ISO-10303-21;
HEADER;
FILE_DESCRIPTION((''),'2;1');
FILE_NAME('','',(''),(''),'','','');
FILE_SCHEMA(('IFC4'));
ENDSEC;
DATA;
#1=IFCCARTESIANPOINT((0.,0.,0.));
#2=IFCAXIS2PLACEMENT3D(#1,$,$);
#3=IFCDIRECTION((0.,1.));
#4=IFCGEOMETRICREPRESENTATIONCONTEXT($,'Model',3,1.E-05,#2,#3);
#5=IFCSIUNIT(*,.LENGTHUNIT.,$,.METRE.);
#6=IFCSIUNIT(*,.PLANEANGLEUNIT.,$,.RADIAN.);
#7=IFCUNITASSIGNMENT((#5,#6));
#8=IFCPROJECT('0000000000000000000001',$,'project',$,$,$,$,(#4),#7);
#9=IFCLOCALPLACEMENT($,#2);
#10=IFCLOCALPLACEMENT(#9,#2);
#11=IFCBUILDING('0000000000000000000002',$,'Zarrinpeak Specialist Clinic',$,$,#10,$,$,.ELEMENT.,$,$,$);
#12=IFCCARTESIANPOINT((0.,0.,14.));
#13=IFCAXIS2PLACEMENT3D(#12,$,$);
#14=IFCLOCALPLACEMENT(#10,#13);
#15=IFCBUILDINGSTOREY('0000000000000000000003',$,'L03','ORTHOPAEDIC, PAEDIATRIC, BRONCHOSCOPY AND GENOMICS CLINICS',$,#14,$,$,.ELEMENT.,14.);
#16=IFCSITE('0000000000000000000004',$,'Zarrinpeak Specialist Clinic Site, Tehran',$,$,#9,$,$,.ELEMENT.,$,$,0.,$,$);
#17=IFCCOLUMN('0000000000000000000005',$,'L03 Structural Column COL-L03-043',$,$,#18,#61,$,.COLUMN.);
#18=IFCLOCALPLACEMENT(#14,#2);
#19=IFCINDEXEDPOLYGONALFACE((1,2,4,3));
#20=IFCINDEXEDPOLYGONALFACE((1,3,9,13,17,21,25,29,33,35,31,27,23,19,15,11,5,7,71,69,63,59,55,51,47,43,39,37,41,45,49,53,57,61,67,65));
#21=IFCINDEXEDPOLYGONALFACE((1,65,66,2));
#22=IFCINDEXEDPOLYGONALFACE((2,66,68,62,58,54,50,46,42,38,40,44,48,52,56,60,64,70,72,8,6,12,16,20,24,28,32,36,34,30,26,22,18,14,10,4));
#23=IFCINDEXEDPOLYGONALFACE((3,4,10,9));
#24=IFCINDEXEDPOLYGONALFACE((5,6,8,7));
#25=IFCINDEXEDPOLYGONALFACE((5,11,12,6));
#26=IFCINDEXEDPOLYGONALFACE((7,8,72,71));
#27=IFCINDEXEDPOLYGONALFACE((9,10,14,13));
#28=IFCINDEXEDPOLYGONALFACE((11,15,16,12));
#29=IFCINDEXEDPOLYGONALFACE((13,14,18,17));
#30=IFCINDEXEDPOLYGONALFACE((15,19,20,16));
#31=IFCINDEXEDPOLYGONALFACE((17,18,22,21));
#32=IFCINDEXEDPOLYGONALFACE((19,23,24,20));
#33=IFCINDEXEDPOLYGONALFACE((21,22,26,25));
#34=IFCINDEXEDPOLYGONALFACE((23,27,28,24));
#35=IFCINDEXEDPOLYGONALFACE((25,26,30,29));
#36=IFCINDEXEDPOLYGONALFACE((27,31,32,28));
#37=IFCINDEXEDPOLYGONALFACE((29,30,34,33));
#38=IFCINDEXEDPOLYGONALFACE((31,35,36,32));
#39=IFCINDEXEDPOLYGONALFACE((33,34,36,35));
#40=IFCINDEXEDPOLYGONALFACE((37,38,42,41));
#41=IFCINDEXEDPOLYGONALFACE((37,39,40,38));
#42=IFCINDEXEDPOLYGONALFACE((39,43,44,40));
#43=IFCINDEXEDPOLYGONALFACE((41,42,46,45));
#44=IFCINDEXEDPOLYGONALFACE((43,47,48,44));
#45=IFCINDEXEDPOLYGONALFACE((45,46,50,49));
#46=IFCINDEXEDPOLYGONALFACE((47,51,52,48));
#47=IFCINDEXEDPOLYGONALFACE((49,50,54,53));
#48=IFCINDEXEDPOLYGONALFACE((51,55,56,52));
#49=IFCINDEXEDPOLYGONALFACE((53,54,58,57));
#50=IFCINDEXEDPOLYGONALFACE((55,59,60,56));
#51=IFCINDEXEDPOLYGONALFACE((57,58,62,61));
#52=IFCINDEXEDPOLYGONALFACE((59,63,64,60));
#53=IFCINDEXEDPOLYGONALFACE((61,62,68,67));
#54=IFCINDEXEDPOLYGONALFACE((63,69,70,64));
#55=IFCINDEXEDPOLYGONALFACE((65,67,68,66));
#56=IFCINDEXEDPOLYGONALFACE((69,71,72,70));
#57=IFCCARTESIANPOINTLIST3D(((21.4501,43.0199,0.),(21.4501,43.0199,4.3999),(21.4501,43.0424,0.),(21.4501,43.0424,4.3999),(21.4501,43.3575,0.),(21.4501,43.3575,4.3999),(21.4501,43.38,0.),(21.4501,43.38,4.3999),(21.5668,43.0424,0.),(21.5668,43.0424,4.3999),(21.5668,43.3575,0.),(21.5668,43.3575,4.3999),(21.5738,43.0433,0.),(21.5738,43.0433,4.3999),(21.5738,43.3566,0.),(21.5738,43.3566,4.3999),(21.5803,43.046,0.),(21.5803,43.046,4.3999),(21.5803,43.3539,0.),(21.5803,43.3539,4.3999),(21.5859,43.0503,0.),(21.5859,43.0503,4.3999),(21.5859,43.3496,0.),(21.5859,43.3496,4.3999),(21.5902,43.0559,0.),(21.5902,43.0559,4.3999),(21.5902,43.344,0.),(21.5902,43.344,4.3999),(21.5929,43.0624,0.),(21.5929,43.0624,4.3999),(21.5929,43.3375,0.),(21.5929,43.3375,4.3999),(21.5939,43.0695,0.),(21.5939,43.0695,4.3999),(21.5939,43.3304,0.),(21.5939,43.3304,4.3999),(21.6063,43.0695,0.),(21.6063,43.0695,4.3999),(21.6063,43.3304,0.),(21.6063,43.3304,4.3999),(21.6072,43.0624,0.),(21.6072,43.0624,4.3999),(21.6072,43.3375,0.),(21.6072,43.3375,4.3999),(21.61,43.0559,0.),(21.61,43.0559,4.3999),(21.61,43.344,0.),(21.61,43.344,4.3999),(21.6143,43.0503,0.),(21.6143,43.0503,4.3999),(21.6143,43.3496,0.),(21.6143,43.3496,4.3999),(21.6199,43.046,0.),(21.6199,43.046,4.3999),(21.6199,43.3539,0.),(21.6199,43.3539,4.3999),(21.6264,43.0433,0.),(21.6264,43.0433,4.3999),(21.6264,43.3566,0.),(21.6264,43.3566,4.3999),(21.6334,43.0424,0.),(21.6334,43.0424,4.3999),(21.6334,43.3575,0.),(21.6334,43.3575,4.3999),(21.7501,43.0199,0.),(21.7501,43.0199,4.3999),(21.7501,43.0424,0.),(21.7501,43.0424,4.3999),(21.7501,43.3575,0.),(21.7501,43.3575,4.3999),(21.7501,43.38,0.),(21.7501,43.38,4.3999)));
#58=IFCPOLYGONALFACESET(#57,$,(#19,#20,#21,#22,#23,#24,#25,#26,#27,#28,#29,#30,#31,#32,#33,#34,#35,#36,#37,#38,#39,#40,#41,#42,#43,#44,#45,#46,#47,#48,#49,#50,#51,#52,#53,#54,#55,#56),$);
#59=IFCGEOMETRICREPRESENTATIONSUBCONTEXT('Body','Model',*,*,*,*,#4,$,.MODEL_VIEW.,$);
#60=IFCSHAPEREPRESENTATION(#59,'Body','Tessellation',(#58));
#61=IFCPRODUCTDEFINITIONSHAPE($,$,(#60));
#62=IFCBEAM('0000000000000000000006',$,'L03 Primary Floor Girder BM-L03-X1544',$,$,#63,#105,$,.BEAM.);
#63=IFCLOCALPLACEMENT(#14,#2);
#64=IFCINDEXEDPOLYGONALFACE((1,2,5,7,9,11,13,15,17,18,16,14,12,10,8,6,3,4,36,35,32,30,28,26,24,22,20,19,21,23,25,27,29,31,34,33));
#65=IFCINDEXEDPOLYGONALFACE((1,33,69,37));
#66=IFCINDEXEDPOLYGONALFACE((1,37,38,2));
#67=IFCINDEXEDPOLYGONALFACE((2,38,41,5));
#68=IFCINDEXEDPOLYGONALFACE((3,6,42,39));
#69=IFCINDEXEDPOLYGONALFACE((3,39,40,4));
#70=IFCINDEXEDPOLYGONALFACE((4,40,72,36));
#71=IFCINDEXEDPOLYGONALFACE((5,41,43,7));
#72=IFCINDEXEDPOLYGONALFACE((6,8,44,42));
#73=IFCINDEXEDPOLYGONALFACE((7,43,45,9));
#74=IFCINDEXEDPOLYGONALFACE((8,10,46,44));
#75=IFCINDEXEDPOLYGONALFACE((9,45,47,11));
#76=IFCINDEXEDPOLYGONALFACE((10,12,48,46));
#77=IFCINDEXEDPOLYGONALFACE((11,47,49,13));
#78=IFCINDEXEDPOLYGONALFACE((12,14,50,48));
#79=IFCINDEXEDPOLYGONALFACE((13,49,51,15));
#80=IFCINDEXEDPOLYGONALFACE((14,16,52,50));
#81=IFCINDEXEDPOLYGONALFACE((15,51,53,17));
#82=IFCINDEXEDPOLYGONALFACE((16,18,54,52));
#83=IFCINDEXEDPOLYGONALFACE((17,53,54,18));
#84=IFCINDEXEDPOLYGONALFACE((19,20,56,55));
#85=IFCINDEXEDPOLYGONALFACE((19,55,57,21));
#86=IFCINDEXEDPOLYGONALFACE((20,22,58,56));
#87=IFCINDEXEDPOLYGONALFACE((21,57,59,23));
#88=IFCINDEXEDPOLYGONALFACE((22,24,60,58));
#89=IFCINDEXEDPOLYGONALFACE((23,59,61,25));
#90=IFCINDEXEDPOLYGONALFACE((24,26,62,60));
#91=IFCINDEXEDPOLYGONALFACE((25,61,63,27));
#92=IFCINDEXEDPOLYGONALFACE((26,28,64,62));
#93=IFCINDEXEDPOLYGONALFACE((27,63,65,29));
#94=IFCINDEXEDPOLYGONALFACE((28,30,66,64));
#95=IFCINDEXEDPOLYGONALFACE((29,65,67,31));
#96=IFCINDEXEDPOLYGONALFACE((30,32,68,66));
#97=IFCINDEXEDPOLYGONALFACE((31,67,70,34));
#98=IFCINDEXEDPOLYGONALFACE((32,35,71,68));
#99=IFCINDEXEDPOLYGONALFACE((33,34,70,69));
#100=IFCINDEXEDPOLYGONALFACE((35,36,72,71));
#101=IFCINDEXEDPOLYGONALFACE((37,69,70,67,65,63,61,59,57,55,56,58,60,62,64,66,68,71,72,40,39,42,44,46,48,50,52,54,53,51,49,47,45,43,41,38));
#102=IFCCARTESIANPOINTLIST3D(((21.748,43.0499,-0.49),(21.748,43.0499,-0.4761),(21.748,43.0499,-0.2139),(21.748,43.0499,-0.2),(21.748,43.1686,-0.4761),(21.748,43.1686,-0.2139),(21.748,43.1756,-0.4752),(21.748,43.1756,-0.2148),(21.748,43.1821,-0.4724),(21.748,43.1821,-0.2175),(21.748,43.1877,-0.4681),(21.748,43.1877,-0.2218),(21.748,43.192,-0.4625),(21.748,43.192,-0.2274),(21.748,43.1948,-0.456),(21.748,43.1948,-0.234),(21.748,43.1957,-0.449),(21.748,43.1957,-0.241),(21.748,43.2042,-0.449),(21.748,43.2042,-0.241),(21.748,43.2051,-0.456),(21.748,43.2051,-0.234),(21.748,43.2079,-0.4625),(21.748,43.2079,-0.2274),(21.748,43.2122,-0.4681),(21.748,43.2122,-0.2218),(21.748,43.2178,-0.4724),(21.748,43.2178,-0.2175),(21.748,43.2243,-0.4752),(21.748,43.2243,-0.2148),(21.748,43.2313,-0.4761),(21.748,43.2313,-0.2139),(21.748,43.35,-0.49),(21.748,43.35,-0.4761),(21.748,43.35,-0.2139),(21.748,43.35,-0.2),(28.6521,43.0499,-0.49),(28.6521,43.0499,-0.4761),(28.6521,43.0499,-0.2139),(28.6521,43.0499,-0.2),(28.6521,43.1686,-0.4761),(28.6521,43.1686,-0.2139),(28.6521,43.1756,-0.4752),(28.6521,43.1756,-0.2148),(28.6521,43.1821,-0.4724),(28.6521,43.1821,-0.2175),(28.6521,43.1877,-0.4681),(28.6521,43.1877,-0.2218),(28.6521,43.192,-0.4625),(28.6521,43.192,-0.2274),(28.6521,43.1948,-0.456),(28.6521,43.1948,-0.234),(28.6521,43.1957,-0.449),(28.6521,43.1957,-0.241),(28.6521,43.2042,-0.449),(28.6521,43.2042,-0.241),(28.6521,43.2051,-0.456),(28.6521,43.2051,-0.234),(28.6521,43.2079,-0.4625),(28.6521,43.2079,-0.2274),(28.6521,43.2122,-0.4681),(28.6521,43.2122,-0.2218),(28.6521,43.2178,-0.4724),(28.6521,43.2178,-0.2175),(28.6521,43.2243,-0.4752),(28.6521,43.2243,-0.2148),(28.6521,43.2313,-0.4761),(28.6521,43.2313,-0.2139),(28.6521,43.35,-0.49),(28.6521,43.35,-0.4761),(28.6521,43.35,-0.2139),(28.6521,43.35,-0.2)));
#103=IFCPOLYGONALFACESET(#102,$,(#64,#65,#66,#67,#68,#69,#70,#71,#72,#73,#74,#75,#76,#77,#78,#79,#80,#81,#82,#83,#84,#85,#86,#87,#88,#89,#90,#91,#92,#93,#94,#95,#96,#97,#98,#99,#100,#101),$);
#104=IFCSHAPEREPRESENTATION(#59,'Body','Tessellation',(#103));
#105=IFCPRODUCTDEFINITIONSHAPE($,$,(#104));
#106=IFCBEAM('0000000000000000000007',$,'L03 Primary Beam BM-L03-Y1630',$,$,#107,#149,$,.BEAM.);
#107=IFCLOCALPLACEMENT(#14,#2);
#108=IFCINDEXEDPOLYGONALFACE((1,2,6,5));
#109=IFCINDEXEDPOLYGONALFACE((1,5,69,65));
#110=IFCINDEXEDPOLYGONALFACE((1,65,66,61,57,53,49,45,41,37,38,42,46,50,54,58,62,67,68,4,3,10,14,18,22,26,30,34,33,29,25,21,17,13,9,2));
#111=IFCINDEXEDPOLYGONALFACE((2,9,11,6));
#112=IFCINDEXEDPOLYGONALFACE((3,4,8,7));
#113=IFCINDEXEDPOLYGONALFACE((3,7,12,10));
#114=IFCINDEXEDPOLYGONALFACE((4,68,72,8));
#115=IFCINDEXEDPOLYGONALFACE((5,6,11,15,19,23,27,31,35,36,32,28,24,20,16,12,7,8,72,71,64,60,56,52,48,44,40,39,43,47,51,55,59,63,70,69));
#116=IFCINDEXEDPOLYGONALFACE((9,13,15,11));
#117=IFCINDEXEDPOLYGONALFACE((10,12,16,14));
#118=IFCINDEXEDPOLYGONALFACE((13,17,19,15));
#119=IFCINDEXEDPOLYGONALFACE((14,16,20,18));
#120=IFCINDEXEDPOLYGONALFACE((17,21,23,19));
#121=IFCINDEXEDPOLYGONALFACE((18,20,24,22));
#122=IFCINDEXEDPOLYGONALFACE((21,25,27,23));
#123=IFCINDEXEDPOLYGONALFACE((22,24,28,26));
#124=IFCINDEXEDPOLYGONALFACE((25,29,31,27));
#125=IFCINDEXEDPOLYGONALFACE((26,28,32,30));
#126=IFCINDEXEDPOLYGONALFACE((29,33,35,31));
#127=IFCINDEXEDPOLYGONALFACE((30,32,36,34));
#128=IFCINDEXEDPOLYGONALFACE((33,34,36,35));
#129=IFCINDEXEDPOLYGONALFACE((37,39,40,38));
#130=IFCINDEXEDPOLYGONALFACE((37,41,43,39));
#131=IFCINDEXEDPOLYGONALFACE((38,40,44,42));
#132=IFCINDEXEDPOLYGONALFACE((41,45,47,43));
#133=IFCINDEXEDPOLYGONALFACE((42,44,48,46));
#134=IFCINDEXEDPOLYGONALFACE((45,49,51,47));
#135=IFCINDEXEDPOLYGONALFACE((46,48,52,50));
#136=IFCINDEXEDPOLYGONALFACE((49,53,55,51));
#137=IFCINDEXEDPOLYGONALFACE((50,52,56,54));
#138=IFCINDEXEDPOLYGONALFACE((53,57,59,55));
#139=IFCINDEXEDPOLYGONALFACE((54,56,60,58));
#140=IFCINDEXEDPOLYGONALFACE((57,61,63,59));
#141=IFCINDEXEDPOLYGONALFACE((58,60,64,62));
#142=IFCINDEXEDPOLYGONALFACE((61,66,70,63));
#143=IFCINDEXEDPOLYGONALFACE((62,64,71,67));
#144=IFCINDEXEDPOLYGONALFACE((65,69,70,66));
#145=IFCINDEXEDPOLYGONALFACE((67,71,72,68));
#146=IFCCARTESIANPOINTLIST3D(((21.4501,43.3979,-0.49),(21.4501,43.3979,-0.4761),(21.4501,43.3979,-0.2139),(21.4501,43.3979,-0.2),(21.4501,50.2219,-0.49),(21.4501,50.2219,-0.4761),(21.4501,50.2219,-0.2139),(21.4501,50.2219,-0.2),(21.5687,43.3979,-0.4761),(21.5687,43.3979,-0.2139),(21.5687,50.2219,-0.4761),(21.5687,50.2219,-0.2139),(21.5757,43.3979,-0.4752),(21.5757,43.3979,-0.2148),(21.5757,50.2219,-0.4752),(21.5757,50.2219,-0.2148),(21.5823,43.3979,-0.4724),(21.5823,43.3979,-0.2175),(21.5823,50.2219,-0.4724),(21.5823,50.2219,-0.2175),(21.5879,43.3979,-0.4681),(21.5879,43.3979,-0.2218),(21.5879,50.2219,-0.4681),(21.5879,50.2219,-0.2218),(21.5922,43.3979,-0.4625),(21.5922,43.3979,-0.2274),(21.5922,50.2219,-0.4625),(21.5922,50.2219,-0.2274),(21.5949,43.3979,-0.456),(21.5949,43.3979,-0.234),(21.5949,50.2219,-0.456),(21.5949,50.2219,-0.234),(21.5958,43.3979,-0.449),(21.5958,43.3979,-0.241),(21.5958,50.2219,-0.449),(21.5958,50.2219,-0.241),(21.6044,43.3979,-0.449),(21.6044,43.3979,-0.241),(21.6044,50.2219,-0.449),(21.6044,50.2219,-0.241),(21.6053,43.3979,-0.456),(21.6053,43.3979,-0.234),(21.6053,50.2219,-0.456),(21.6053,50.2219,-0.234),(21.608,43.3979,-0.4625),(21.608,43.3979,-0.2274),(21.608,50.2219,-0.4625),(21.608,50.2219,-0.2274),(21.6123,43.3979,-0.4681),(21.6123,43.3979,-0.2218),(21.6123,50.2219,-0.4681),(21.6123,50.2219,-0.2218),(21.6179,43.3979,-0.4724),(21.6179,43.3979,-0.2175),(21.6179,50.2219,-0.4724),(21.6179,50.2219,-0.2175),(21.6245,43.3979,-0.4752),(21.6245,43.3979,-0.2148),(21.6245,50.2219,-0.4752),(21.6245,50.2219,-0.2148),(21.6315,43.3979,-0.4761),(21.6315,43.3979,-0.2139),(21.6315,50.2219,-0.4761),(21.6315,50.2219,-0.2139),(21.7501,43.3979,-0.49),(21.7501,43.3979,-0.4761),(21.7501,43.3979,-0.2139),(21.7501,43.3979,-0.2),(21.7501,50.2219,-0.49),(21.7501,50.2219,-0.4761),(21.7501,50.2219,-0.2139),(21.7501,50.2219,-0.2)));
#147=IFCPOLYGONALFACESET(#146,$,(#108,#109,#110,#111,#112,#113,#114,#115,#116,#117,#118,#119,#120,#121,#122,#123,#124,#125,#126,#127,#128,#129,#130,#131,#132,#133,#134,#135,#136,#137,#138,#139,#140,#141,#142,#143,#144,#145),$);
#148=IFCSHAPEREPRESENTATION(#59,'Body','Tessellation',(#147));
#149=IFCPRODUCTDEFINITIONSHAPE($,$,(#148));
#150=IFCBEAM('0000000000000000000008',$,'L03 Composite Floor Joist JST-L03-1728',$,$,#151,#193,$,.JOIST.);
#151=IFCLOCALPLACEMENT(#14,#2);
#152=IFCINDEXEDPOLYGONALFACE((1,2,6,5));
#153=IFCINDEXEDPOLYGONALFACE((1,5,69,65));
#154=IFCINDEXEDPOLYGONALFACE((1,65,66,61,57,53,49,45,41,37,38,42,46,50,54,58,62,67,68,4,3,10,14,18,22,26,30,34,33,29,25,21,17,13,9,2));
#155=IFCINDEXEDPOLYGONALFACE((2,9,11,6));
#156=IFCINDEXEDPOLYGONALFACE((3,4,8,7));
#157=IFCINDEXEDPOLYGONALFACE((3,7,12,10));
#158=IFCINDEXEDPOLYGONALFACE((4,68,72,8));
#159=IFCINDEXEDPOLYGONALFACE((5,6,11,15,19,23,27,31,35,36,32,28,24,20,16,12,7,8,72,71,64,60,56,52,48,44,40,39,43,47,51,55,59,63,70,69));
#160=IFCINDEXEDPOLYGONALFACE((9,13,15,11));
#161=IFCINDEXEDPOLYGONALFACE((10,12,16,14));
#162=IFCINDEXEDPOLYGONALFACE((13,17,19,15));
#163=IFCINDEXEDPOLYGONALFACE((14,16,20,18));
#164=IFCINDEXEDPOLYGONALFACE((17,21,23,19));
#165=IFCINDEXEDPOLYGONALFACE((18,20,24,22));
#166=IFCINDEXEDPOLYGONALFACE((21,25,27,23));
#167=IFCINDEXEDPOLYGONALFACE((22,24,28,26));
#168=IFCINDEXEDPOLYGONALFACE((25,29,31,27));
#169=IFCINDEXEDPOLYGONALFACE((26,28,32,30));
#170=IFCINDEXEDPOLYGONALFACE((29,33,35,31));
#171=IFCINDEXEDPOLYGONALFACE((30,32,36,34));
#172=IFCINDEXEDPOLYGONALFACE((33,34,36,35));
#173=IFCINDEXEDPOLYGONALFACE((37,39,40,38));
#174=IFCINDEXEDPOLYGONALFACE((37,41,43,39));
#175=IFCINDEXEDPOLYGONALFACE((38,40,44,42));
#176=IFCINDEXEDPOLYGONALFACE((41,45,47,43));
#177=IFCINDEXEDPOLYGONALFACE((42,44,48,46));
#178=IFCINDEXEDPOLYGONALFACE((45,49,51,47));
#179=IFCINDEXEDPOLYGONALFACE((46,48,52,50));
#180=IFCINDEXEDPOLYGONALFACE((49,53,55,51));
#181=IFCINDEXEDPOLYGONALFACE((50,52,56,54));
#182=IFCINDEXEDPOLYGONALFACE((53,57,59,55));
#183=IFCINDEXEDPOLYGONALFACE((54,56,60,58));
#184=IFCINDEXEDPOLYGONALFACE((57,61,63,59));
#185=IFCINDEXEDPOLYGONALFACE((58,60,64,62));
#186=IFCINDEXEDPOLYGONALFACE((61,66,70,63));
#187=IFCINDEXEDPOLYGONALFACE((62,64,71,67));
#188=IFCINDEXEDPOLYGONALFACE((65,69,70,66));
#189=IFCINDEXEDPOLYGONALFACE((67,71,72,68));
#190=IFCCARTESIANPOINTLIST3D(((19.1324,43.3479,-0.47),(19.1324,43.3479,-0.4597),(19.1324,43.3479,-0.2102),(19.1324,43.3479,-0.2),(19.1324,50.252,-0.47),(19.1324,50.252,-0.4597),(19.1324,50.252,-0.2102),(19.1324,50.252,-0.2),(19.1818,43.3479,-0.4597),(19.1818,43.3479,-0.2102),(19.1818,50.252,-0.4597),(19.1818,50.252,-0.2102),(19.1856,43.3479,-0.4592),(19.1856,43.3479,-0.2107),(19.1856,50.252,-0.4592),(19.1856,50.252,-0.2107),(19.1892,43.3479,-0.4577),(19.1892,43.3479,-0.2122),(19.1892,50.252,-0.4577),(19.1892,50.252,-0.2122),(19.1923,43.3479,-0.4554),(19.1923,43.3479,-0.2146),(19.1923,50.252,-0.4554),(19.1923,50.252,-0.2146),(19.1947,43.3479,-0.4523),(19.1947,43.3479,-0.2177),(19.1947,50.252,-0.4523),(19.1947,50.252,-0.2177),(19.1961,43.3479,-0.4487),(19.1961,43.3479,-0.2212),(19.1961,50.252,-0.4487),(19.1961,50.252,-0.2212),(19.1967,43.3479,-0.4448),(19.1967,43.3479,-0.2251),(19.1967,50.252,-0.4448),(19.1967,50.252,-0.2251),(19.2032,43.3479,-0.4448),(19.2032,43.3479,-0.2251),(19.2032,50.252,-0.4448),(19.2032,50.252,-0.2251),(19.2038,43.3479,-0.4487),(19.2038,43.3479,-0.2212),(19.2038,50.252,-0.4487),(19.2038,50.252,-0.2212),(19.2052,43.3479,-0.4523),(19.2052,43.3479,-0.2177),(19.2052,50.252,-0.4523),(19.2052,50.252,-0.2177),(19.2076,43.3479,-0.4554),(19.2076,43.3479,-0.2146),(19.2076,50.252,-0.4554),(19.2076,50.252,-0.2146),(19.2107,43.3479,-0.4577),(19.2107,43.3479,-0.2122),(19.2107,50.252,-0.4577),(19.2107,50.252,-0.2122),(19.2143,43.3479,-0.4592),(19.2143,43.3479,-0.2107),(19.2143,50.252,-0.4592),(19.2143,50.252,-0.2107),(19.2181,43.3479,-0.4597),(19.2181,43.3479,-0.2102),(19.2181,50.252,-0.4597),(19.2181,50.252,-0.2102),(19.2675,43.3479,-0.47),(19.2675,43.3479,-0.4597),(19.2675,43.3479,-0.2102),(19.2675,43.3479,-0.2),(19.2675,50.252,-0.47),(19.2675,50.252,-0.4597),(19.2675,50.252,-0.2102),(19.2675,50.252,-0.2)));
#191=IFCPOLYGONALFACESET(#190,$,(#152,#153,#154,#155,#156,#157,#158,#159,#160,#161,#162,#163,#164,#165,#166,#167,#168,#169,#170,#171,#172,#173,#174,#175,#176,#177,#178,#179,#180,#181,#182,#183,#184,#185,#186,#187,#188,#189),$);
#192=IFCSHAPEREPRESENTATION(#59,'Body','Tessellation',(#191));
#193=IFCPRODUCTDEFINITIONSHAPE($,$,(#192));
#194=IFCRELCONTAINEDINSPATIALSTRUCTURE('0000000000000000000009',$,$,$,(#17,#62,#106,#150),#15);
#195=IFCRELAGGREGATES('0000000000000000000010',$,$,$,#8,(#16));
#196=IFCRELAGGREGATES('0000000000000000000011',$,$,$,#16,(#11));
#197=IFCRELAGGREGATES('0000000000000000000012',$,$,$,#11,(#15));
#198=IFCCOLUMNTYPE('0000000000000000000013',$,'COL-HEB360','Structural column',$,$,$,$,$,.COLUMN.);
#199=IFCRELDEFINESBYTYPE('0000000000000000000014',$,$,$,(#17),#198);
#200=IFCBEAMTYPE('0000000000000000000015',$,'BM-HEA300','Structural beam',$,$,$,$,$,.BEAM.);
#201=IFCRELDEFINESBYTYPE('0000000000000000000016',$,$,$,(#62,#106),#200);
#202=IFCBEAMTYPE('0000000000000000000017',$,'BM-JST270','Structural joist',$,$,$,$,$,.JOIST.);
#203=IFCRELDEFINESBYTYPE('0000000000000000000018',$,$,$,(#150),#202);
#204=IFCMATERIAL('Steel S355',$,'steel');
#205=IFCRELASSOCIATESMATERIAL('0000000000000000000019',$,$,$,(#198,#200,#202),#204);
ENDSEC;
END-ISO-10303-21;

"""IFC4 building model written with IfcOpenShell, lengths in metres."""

from ifc_helpers import new_model, si_unit, direction, frame, origin, origin_2d, place, context, subcontext, project, spatial, i_section, extrude, material, material_profile, profile_set, type_object, element, save


model = new_model("IFC4")

# Units and contexts
model_context = context("Model", 3, precision=1e-05, world=origin(), true_north=direction((0.0, 1.0)))
body_context = subcontext(model_context, "Body", "Model", "MODEL_VIEW")
ifc_project = project(units=[si_unit("LENGTHUNIT", "METRE"), si_unit("PLANEANGLEUNIT", "RADIAN")], contexts=[model_context])

# Site, building, storey
site_placement = place(None, origin())
site = spatial("IfcSite", under=ifc_project, at=site_placement, Name="Zarrinpeak Specialist Clinic Site, Tehran", CompositionType="ELEMENT", RefElevation=0.0)
building_placement = place(site_placement, origin())
building = spatial("IfcBuilding", under=site, at=building_placement, Name="Zarrinpeak Specialist Clinic", CompositionType="ELEMENT")
storey_placement = place(building_placement, frame((0.0, 0.0, 14.0)))
storey = spatial("IfcBuildingStorey", under=building, at=storey_placement, Name="L03", Description="ORTHOPAEDIC, PAEDIATRIC, BRONCHOSCOPY AND GENOMICS CLINICS", CompositionType="ELEMENT", Elevation=14.0)

# Column
ifc_material_1 = material(Name="Steel S355", Category="steel")
ifc_material_profile_1 = material_profile(ifc_material_1, i_section(OverallWidth=0.3, OverallDepth=0.3601, WebThickness=0.0125, FlangeThickness=0.0225, FilletRadius=0.0271, at=origin_2d()), Name="HEB 360")
ifc_profile_set_1 = profile_set([ifc_material_profile_1], Name="Steel S355")
column_type = type_object("IfcColumnType", Name="COL-HEB360", Description="Structural column", PredefinedType="COLUMN", material=ifc_profile_set_1)
column_placement = place(storey_placement, frame((21.6001, 43.2, 0.0), z_axis=(0.0, 0.0, 1.0), x_axis=(1.0, 0.0, 0.0)))
element("IfcColumn", 1, at=column_placement, inside=storey, type_object=column_type, Name="L03 Structural Column COL-L03-043", PredefinedType="COLUMN", context=body_context, shape_type="SweptSolid", body=[
    extrude(i_section(OverallWidth=0.3, OverallDepth=0.3601, WebThickness=0.0125, FlangeThickness=0.0225, FilletRadius=0.0271, at=origin_2d()), origin(), (0.0, 0.0, 1.0), 4.3999),
])

# Beams
ifc_material_profile_2 = material_profile(ifc_material_1, i_section(OverallWidth=0.3, OverallDepth=0.29, WebThickness=0.0085, FlangeThickness=0.0139, FilletRadius=0.0271, at=origin_2d()), Name="HEA 300")
ifc_profile_set_2 = profile_set([ifc_material_profile_2], Name="Steel S355")
beam_type_1 = type_object("IfcBeamType", Name="BM-HEA300", Description="Structural beam", PredefinedType="BEAM", material=ifc_profile_set_2)
beam_1_placement = place(storey_placement, frame((21.748, 43.2, -0.345), z_axis=(1.0, 0.0, 0.0), x_axis=(0.0, 1.0, 0.0)))
element("IfcBeam", 2, at=beam_1_placement, inside=storey, type_object=beam_type_1, Name="L03 Primary Floor Girder BM-L03-X1544", PredefinedType="BEAM", context=body_context, shape_type="SweptSolid", body=[
    extrude(i_section(OverallWidth=0.3, OverallDepth=0.29, WebThickness=0.0085, FlangeThickness=0.0139, FilletRadius=0.0271, at=origin_2d()), origin(), (0.0, 0.0, 1.0), 6.9041),
])
beam_2_placement = place(storey_placement, frame((21.6001, 43.3979, -0.345), z_axis=(0.0, 1.0, 0.0), x_axis=(-1.0, 0.0, 0.0)))
element("IfcBeam", 3, at=beam_2_placement, inside=storey, type_object=beam_type_1, Name="L03 Primary Beam BM-L03-Y1630", PredefinedType="BEAM", context=body_context, shape_type="SweptSolid", body=[
    extrude(i_section(OverallWidth=0.3, OverallDepth=0.29, WebThickness=0.0085, FlangeThickness=0.0139, FilletRadius=0.0271, at=origin_2d()), origin(), (0.0, 0.0, 1.0), 6.824),
])
ifc_material_profile_3 = material_profile(ifc_material_1, i_section(OverallWidth=0.135, OverallDepth=0.27, WebThickness=0.0066, FlangeThickness=0.0103, FilletRadius=0.0149, at=origin_2d()), Name="IPE 270")
ifc_profile_set_3 = profile_set([ifc_material_profile_3], Name="Steel S355")
beam_type_2 = type_object("IfcBeamType", Name="BM-JST270", Description="Structural joist", PredefinedType="JOIST", material=ifc_profile_set_3)
for number, where, z_axis, x_axis, name in (
    (4, (19.2, 43.3479, -0.335), (0.0, 1.0, 0.0), (-1.0, 0.0, 0.0), "L03 Composite Floor Joist JST-L03-1728"),
):
    element("IfcBeam", number, at=place(storey_placement, frame(where, z_axis=z_axis, x_axis=x_axis)), inside=storey, type_object=beam_type_2, Name=name, PredefinedType="JOIST", context=body_context, shape_type="SweptSolid", body=[
        extrude(i_section(OverallWidth=0.135, OverallDepth=0.27, WebThickness=0.0066, FlangeThickness=0.0103, FilletRadius=0.0149, at=origin_2d()), origin(), (0.0, 0.0, 1.0), 6.9041),
    ])

save(model, "model.ifc")
